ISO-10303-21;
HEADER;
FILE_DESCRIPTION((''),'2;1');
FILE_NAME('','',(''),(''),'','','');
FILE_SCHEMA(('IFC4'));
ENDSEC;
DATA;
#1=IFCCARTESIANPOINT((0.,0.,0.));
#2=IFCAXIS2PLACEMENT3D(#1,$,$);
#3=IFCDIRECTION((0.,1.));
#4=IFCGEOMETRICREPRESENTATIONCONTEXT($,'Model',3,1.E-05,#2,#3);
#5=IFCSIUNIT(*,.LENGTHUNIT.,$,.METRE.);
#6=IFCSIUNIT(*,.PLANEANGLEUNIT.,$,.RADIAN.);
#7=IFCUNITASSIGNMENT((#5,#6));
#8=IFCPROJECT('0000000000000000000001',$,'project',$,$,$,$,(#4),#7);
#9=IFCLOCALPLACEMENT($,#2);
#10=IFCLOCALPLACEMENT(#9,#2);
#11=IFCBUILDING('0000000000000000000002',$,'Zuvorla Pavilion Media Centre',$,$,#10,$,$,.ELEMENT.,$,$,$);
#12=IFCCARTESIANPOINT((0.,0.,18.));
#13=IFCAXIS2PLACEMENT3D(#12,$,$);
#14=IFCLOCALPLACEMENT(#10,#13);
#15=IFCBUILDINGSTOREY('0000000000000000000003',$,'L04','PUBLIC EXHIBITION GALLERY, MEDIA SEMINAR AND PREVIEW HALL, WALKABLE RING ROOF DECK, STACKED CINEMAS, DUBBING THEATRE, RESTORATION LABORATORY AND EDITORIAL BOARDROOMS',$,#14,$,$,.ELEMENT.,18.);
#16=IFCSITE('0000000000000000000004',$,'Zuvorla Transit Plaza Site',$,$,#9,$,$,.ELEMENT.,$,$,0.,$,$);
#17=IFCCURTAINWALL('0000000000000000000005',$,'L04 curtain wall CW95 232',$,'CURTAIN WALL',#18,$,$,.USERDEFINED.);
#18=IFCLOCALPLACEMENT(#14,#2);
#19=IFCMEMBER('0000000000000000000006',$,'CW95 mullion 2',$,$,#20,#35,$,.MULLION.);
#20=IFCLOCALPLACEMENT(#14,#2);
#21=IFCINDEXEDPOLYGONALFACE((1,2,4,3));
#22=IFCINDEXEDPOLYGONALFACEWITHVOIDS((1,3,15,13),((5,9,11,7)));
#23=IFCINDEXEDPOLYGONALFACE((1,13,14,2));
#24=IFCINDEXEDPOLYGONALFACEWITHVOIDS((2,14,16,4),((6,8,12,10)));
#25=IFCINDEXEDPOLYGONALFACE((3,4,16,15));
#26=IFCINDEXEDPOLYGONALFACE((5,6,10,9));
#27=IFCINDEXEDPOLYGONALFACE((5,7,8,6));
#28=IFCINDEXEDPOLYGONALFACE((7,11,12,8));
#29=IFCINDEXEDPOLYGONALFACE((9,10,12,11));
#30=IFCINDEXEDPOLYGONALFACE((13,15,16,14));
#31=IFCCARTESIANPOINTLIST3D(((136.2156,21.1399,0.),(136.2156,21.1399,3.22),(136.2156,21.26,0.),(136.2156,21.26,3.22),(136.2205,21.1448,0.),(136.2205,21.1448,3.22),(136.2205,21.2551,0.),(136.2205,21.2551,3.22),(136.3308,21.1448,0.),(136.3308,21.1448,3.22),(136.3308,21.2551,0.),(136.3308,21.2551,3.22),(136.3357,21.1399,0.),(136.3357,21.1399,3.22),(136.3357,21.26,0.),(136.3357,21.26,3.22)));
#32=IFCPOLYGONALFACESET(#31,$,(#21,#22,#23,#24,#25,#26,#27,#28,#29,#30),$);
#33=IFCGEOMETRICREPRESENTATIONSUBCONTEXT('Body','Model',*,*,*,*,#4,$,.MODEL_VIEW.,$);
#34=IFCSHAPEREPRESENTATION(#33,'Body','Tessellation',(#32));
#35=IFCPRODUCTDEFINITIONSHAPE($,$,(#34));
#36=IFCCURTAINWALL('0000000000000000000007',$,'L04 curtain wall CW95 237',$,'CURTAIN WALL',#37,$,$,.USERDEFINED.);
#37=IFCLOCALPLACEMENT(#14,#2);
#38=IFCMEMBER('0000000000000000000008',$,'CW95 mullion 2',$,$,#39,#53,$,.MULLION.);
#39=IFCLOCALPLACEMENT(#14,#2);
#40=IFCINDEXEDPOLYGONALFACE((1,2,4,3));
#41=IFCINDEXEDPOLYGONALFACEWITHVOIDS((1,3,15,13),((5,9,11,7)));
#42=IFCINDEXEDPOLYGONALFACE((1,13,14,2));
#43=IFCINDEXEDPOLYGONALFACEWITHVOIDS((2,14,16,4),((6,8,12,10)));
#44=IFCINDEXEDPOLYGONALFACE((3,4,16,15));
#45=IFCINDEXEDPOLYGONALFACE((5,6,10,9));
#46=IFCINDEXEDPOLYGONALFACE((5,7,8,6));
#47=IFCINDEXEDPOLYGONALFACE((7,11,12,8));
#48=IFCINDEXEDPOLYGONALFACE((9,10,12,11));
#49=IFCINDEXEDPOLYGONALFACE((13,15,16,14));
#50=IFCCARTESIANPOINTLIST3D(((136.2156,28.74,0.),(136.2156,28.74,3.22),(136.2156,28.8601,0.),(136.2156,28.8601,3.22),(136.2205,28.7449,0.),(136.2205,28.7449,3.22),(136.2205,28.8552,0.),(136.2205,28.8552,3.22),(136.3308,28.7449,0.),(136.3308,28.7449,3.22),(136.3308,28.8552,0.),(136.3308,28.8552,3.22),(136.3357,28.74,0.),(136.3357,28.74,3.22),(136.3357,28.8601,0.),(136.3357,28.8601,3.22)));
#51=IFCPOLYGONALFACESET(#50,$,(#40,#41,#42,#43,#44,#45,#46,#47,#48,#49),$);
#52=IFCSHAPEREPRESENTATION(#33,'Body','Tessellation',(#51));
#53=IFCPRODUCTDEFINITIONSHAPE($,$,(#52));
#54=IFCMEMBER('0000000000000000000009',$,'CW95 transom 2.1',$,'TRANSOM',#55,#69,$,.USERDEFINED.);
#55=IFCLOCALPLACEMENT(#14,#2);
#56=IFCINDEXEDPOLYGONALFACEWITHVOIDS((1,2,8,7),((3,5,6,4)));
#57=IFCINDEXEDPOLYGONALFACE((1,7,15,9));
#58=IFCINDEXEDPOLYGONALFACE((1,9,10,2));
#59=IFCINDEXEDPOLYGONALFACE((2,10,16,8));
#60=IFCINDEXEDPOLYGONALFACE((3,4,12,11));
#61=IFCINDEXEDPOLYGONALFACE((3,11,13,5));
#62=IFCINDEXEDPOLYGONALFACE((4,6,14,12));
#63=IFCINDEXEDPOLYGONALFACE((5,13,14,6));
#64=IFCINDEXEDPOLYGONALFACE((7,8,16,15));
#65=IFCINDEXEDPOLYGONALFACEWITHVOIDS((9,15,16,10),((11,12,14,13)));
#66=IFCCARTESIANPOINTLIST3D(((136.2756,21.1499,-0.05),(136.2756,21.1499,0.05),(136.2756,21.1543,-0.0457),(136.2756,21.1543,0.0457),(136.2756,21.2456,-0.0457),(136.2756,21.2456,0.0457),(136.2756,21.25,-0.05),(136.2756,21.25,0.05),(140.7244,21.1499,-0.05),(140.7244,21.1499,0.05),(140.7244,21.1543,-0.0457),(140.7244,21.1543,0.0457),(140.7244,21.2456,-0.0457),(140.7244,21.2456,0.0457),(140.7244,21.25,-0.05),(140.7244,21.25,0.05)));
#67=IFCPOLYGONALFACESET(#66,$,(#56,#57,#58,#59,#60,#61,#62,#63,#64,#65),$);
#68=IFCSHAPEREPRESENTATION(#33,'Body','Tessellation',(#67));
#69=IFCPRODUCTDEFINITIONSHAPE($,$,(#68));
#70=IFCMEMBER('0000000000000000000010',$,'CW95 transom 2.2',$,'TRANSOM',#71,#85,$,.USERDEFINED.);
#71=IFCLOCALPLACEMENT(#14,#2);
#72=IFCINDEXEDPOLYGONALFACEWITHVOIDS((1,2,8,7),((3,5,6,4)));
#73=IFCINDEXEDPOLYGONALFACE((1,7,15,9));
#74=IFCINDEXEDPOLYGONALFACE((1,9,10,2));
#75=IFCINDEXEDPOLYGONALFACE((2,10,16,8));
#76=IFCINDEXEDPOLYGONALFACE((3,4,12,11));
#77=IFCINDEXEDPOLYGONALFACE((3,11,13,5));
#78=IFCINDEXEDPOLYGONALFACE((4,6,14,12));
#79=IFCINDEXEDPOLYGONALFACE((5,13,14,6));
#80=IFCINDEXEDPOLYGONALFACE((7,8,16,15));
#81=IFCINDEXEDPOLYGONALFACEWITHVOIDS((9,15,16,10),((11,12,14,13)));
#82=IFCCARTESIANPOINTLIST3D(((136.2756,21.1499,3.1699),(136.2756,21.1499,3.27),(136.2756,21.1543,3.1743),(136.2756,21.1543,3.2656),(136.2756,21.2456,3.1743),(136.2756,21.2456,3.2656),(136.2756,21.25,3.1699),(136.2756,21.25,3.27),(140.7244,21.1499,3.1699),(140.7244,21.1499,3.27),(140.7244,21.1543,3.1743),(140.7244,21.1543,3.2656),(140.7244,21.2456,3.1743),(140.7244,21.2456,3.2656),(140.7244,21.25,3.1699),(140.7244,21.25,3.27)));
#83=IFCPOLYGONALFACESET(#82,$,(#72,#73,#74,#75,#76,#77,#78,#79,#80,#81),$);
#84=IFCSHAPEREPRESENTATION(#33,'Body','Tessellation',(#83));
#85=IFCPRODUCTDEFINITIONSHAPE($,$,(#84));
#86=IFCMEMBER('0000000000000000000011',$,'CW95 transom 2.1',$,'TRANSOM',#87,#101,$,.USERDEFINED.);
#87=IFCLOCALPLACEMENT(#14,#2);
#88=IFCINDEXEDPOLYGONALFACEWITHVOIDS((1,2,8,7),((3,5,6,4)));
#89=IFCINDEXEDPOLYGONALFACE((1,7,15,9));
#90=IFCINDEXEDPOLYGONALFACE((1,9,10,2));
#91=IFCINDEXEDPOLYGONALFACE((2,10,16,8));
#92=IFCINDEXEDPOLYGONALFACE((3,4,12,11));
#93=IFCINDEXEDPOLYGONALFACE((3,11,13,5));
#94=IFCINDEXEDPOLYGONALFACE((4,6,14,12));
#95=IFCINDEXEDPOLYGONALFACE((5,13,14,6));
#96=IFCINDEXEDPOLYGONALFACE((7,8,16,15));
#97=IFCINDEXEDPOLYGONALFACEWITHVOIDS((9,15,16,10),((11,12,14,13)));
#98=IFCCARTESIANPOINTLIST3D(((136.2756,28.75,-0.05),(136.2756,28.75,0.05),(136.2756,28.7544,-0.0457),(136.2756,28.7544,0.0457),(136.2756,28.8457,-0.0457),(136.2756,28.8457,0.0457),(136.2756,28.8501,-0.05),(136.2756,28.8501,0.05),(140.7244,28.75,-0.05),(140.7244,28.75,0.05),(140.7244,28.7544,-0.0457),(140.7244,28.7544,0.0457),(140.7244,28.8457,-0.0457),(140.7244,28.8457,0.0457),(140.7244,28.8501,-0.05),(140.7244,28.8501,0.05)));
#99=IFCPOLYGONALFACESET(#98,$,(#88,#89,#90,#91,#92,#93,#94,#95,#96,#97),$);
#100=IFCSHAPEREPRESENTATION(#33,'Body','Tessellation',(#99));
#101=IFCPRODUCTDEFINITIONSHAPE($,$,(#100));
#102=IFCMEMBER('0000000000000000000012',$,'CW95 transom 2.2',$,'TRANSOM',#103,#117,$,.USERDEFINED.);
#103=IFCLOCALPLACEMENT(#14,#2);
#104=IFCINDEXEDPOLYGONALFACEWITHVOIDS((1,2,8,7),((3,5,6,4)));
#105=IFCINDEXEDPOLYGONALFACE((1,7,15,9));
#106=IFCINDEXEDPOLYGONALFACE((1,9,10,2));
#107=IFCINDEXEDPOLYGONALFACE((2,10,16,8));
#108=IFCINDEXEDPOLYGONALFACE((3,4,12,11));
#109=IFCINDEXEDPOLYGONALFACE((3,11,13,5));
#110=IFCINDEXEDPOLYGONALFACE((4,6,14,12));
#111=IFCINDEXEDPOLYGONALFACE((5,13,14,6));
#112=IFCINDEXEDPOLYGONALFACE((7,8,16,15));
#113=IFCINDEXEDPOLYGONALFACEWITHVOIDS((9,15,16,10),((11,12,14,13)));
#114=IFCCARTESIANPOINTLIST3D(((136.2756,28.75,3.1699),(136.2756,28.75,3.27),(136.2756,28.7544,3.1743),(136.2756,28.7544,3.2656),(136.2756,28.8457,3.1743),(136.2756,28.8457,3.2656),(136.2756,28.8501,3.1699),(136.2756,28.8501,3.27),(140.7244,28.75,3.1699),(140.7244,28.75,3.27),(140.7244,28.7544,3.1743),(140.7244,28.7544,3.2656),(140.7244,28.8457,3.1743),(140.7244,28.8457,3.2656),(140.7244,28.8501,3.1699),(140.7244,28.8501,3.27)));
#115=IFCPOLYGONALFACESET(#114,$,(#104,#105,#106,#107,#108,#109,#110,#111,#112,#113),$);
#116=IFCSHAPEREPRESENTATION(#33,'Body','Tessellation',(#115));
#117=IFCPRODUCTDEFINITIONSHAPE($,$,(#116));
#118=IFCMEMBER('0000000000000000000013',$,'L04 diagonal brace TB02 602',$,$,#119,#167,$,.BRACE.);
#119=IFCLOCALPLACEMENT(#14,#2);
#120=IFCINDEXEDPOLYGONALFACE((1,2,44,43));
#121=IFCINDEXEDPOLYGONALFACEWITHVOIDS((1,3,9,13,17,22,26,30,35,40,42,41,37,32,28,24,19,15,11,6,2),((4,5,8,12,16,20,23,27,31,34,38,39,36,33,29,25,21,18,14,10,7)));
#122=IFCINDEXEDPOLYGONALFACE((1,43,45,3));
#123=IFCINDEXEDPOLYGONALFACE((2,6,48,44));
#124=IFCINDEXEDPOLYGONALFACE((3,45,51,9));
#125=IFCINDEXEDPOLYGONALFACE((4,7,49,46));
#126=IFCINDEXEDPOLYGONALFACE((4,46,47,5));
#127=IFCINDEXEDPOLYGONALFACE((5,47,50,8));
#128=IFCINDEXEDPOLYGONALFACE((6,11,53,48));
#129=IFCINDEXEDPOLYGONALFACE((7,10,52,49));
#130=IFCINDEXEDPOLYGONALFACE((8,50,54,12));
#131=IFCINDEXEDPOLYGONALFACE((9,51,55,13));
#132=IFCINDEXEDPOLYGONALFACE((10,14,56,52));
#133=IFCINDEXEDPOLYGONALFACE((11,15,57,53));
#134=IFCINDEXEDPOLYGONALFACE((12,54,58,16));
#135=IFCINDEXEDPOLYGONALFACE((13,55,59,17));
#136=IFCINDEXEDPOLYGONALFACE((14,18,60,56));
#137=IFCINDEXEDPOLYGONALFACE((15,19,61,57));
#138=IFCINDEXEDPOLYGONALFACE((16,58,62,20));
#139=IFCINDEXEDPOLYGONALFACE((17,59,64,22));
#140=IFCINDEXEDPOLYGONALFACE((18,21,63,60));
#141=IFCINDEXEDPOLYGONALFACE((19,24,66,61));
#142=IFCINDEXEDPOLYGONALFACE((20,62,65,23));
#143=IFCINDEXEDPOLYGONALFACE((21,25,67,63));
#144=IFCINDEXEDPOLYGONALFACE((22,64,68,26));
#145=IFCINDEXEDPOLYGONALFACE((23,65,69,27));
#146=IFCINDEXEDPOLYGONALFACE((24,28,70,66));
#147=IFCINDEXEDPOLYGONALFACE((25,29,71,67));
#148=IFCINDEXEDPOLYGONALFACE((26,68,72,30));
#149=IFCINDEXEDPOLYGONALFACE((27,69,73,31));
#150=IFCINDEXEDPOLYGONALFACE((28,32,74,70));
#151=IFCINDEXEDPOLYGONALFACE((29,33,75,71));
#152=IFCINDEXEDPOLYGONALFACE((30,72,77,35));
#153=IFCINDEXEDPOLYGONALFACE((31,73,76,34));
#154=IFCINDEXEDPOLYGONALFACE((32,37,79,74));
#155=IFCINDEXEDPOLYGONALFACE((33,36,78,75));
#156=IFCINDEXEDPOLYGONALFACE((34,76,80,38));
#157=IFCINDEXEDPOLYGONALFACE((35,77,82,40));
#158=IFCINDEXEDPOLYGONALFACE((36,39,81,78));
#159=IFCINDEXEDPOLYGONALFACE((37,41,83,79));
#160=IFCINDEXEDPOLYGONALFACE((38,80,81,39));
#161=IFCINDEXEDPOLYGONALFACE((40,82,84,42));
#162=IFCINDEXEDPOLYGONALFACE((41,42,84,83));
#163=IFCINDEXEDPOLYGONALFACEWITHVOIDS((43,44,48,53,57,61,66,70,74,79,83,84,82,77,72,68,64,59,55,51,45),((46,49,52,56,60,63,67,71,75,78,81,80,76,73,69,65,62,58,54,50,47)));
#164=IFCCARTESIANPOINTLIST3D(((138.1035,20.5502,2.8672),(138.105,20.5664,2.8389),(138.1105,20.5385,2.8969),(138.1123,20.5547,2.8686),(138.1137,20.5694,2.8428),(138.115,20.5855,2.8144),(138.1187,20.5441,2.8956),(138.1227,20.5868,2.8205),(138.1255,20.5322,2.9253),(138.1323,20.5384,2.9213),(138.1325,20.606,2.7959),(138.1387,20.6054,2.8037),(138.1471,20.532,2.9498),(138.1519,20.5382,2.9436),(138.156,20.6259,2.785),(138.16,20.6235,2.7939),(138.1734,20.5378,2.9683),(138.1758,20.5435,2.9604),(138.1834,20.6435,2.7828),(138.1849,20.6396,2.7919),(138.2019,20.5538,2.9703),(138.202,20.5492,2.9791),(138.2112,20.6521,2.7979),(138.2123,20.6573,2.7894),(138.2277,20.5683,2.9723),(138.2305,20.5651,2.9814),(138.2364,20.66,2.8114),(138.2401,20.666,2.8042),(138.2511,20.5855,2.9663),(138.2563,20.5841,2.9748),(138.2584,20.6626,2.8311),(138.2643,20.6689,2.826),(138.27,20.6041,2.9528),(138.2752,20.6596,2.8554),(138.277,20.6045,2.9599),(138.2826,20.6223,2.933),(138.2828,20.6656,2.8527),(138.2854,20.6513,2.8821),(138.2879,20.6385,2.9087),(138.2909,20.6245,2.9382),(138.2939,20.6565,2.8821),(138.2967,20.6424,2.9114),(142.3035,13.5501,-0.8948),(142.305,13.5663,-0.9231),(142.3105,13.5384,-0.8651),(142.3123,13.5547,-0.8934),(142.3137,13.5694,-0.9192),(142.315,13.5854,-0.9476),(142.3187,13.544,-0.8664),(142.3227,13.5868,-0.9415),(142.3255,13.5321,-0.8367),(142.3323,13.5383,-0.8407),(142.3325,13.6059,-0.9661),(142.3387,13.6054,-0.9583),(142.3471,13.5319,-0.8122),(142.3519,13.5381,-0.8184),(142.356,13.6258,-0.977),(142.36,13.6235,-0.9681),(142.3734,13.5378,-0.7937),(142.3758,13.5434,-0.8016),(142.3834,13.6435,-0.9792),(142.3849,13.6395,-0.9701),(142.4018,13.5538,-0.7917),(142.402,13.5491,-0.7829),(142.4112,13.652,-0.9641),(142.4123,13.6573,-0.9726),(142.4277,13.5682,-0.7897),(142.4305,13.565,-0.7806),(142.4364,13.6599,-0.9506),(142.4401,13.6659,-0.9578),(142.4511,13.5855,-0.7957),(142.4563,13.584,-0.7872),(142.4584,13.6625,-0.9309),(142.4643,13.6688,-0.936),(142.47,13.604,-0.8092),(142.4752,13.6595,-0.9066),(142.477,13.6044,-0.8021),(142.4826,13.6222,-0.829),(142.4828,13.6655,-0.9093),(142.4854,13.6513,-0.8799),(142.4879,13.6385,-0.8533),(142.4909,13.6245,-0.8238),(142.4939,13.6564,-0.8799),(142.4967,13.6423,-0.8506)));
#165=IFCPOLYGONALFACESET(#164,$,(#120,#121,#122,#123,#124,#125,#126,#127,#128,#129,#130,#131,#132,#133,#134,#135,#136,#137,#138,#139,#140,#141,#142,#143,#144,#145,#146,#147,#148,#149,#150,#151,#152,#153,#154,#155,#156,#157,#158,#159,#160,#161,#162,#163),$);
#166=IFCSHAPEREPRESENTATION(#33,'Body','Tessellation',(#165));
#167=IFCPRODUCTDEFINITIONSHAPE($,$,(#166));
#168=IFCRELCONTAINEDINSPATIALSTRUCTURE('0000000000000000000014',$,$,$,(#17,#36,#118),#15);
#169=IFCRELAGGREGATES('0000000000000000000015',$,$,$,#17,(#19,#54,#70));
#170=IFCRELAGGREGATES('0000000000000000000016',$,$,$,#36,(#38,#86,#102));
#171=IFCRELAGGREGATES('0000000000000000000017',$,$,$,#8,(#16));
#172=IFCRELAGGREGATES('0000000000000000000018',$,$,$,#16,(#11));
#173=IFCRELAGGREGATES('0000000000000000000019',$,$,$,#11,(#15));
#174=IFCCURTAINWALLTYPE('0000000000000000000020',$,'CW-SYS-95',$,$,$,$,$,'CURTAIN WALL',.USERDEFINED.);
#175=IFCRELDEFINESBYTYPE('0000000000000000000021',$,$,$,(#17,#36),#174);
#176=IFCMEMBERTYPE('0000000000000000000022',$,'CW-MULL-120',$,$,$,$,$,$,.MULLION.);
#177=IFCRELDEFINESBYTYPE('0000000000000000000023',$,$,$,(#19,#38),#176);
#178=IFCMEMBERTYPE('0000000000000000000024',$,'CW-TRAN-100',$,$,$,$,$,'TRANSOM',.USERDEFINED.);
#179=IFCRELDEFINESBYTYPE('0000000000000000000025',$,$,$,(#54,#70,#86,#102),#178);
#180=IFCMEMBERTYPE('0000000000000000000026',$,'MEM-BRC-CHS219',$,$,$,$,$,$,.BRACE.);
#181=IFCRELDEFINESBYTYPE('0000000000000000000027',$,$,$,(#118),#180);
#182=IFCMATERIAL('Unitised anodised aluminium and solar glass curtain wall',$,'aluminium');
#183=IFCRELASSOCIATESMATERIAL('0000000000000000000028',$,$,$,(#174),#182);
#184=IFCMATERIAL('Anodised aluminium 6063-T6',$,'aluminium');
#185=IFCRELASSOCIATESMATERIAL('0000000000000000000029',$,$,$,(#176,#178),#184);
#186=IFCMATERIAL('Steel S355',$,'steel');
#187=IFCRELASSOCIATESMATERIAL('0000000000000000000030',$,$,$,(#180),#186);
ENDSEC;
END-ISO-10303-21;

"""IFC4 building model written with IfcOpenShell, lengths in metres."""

from ifc_helpers import new_model, si_unit, direction, frame, origin, origin_2d, place, context, subcontext, project, spatial, hollow_rectangle, hollow_circle, extrude, material, material_profile, profile_set, type_object, element, aggregate, save


model = new_model("IFC4")

# Units and contexts
model_context = context("Model", 3, precision=1e-05, world=origin(), true_north=direction((0.0, 1.0)))
body_context = subcontext(model_context, "Body", "Model", "MODEL_VIEW")
ifc_project = project(units=[si_unit("LENGTHUNIT", "METRE"), si_unit("PLANEANGLEUNIT", "RADIAN")], contexts=[model_context])

# Site, building, storey
site_placement = place(None, origin())
site = spatial("IfcSite", under=ifc_project, at=site_placement, Name="Zuvorla Transit Plaza Site", CompositionType="ELEMENT", RefElevation=0.0)
building_placement = place(site_placement, origin())
building = spatial("IfcBuilding", under=site, at=building_placement, Name="Zuvorla Pavilion Media Centre", CompositionType="ELEMENT")
storey_placement = place(building_placement, frame((0.0, 0.0, 18.0)))
storey = spatial("IfcBuildingStorey", under=building, at=storey_placement, Name="L04", Description="PUBLIC EXHIBITION GALLERY, MEDIA SEMINAR AND PREVIEW HALL, WALKABLE RING ROOF DECK, STACKED CINEMAS, DUBBING THEATRE, RESTORATION LABORATORY AND EDITORIAL BOARDROOMS", CompositionType="ELEMENT", Elevation=18.0)

# Curtain walls, members
ifc_material_1 = material(Name="Unitised anodised aluminium and solar glass curtain wall", Category="aluminium")
curtain_wall_type = type_object("IfcCurtainWallType", Name="CW-SYS-95", ElementType="CURTAIN WALL", PredefinedType="USERDEFINED", material=ifc_material_1)
curtain_wall_1_placement = place(storey_placement, origin())
curtain_wall_1 = element("IfcCurtainWall", 1, at=curtain_wall_1_placement, inside=storey, type_object=curtain_wall_type, Name="L04 curtain wall CW95 232", ObjectType="CURTAIN WALL", PredefinedType="USERDEFINED")
ifc_material_2 = material(Name="Anodised aluminium 6063-T6", Category="aluminium")
ifc_material_profile_1 = material_profile(ifc_material_2, hollow_rectangle(XDim=0.1201, YDim=0.1201, WallThickness=0.0049, at=origin_2d()), Name="ALU MULL 120x120")
ifc_profile_set_1 = profile_set([ifc_material_profile_1], Name="Anodised aluminium 6063-T6")
member_type_1 = type_object("IfcMemberType", Name="CW-MULL-120", PredefinedType="MULLION", material=ifc_profile_set_1)
member_1_placement = place(storey_placement, frame((136.2756, 21.2, 0.0), z_axis=(0.0, 0.0, 1.0), x_axis=(1.0, 0.0, 0.0)))
member_1 = element("IfcMember", 2, at=member_1_placement, type_object=member_type_1, Name="CW95 mullion 2", PredefinedType="MULLION", context=body_context, shape_type="SweptSolid", body=[
    extrude(hollow_rectangle(XDim=0.1201, YDim=0.1201, WallThickness=0.0049, at=origin_2d()), origin(), (0.0, 0.0, 1.0), 3.22),
])
curtain_wall_2_placement = place(storey_placement, origin())
curtain_wall_2 = element("IfcCurtainWall", 3, at=curtain_wall_2_placement, inside=storey, type_object=curtain_wall_type, Name="L04 curtain wall CW95 237", ObjectType="CURTAIN WALL", PredefinedType="USERDEFINED")
member_2_placement = place(storey_placement, frame((136.2756, 28.8, 0.0), z_axis=(0.0, 0.0, 1.0), x_axis=(1.0, 0.0, 0.0)))
member_2 = element("IfcMember", 4, at=member_2_placement, type_object=member_type_1, Name="CW95 mullion 2", PredefinedType="MULLION", context=body_context, shape_type="SweptSolid", body=[
    extrude(hollow_rectangle(XDim=0.1201, YDim=0.1201, WallThickness=0.0049, at=origin_2d()), origin(), (0.0, 0.0, 1.0), 3.22),
])

# Members
ifc_material_profile_2 = material_profile(ifc_material_2, hollow_rectangle(XDim=0.1001, YDim=0.1001, WallThickness=0.0044, at=origin_2d()), Name="ALU TRAN 100x100")
ifc_profile_set_2 = profile_set([ifc_material_profile_2], Name="Anodised aluminium 6063-T6")
member_type_2 = type_object("IfcMemberType", Name="CW-TRAN-100", ElementType="TRANSOM", PredefinedType="USERDEFINED", material=ifc_profile_set_2)
member_3_placement = place(storey_placement, frame((136.2756, 21.2, 0.0), z_axis=(1.0, 0.0, 0.0), x_axis=(0.0, 1.0, 0.0)))
member_3 = element("IfcMember", 5, at=member_3_placement, type_object=member_type_2, Name="CW95 transom 2.1", ObjectType="TRANSOM", PredefinedType="USERDEFINED", context=body_context, shape_type="SweptSolid", body=[
    extrude(hollow_rectangle(XDim=0.1001, YDim=0.1001, WallThickness=0.0044, at=origin_2d()), origin(), (0.0, 0.0, 1.0), 4.4487),
])
member_4_placement = place(storey_placement, frame((136.2756, 21.2, 3.22), z_axis=(1.0, 0.0, 0.0), x_axis=(0.0, 1.0, 0.0)))
member_4 = element("IfcMember", 6, at=member_4_placement, type_object=member_type_2, Name="CW95 transom 2.2", ObjectType="TRANSOM", PredefinedType="USERDEFINED", context=body_context, shape_type="SweptSolid", body=[
    extrude(hollow_rectangle(XDim=0.1001, YDim=0.1001, WallThickness=0.0044, at=origin_2d()), origin(), (0.0, 0.0, 1.0), 4.4487),
])
member_5_placement = place(storey_placement, frame((136.2756, 28.8, 0.0), z_axis=(1.0, 0.0, 0.0), x_axis=(0.0, 1.0, 0.0)))
member_5 = element("IfcMember", 7, at=member_5_placement, type_object=member_type_2, Name="CW95 transom 2.1", ObjectType="TRANSOM", PredefinedType="USERDEFINED", context=body_context, shape_type="SweptSolid", body=[
    extrude(hollow_rectangle(XDim=0.1001, YDim=0.1001, WallThickness=0.0044, at=origin_2d()), origin(), (0.0, 0.0, 1.0), 4.4487),
])
member_6_placement = place(storey_placement, frame((136.2756, 28.8, 3.22), z_axis=(1.0, 0.0, 0.0), x_axis=(0.0, 1.0, 0.0)))
member_6 = element("IfcMember", 8, at=member_6_placement, type_object=member_type_2, Name="CW95 transom 2.2", ObjectType="TRANSOM", PredefinedType="USERDEFINED", context=body_context, shape_type="SweptSolid", body=[
    extrude(hollow_rectangle(XDim=0.1001, YDim=0.1001, WallThickness=0.0044, at=origin_2d()), origin(), (0.0, 0.0, 1.0), 4.4487),
])

# Member
ifc_material_3 = material(Name="Steel S355", Category="steel")
ifc_material_profile_3 = material_profile(ifc_material_3, hollow_circle(Radius=0.1096, WallThickness=0.01, at=origin_2d()), Name="CHS 219.1x10")
ifc_profile_set_3 = profile_set([ifc_material_profile_3], Name="Steel S355")
member_type_3 = type_object("IfcMemberType", Name="MEM-BRC-CHS219", PredefinedType="BRACE", material=ifc_profile_set_3)
for number, where, z_axis, x_axis, name in (
    (9, (138.2, 20.6001, 2.8821), (0.467262, -0.778779, -0.418534), (0.857496, 0.514491, 0.0), "L04 diagonal brace TB02 602"),
):
    element("IfcMember", number, at=place(storey_placement, frame(where, z_axis=z_axis, x_axis=x_axis)), inside=storey, type_object=member_type_3, Name=name, PredefinedType="BRACE", context=body_context, shape_type="SweptSolid", body=[
        extrude(hollow_circle(Radius=0.1096, WallThickness=0.01, at=origin_2d()), origin(), (0.0, 0.0, 1.0), 8.9885),
    ])

aggregate(curtain_wall_1, [member_1, member_3, member_4])
aggregate(curtain_wall_2, [member_2, member_5, member_6])

save(model, "model.ifc")
